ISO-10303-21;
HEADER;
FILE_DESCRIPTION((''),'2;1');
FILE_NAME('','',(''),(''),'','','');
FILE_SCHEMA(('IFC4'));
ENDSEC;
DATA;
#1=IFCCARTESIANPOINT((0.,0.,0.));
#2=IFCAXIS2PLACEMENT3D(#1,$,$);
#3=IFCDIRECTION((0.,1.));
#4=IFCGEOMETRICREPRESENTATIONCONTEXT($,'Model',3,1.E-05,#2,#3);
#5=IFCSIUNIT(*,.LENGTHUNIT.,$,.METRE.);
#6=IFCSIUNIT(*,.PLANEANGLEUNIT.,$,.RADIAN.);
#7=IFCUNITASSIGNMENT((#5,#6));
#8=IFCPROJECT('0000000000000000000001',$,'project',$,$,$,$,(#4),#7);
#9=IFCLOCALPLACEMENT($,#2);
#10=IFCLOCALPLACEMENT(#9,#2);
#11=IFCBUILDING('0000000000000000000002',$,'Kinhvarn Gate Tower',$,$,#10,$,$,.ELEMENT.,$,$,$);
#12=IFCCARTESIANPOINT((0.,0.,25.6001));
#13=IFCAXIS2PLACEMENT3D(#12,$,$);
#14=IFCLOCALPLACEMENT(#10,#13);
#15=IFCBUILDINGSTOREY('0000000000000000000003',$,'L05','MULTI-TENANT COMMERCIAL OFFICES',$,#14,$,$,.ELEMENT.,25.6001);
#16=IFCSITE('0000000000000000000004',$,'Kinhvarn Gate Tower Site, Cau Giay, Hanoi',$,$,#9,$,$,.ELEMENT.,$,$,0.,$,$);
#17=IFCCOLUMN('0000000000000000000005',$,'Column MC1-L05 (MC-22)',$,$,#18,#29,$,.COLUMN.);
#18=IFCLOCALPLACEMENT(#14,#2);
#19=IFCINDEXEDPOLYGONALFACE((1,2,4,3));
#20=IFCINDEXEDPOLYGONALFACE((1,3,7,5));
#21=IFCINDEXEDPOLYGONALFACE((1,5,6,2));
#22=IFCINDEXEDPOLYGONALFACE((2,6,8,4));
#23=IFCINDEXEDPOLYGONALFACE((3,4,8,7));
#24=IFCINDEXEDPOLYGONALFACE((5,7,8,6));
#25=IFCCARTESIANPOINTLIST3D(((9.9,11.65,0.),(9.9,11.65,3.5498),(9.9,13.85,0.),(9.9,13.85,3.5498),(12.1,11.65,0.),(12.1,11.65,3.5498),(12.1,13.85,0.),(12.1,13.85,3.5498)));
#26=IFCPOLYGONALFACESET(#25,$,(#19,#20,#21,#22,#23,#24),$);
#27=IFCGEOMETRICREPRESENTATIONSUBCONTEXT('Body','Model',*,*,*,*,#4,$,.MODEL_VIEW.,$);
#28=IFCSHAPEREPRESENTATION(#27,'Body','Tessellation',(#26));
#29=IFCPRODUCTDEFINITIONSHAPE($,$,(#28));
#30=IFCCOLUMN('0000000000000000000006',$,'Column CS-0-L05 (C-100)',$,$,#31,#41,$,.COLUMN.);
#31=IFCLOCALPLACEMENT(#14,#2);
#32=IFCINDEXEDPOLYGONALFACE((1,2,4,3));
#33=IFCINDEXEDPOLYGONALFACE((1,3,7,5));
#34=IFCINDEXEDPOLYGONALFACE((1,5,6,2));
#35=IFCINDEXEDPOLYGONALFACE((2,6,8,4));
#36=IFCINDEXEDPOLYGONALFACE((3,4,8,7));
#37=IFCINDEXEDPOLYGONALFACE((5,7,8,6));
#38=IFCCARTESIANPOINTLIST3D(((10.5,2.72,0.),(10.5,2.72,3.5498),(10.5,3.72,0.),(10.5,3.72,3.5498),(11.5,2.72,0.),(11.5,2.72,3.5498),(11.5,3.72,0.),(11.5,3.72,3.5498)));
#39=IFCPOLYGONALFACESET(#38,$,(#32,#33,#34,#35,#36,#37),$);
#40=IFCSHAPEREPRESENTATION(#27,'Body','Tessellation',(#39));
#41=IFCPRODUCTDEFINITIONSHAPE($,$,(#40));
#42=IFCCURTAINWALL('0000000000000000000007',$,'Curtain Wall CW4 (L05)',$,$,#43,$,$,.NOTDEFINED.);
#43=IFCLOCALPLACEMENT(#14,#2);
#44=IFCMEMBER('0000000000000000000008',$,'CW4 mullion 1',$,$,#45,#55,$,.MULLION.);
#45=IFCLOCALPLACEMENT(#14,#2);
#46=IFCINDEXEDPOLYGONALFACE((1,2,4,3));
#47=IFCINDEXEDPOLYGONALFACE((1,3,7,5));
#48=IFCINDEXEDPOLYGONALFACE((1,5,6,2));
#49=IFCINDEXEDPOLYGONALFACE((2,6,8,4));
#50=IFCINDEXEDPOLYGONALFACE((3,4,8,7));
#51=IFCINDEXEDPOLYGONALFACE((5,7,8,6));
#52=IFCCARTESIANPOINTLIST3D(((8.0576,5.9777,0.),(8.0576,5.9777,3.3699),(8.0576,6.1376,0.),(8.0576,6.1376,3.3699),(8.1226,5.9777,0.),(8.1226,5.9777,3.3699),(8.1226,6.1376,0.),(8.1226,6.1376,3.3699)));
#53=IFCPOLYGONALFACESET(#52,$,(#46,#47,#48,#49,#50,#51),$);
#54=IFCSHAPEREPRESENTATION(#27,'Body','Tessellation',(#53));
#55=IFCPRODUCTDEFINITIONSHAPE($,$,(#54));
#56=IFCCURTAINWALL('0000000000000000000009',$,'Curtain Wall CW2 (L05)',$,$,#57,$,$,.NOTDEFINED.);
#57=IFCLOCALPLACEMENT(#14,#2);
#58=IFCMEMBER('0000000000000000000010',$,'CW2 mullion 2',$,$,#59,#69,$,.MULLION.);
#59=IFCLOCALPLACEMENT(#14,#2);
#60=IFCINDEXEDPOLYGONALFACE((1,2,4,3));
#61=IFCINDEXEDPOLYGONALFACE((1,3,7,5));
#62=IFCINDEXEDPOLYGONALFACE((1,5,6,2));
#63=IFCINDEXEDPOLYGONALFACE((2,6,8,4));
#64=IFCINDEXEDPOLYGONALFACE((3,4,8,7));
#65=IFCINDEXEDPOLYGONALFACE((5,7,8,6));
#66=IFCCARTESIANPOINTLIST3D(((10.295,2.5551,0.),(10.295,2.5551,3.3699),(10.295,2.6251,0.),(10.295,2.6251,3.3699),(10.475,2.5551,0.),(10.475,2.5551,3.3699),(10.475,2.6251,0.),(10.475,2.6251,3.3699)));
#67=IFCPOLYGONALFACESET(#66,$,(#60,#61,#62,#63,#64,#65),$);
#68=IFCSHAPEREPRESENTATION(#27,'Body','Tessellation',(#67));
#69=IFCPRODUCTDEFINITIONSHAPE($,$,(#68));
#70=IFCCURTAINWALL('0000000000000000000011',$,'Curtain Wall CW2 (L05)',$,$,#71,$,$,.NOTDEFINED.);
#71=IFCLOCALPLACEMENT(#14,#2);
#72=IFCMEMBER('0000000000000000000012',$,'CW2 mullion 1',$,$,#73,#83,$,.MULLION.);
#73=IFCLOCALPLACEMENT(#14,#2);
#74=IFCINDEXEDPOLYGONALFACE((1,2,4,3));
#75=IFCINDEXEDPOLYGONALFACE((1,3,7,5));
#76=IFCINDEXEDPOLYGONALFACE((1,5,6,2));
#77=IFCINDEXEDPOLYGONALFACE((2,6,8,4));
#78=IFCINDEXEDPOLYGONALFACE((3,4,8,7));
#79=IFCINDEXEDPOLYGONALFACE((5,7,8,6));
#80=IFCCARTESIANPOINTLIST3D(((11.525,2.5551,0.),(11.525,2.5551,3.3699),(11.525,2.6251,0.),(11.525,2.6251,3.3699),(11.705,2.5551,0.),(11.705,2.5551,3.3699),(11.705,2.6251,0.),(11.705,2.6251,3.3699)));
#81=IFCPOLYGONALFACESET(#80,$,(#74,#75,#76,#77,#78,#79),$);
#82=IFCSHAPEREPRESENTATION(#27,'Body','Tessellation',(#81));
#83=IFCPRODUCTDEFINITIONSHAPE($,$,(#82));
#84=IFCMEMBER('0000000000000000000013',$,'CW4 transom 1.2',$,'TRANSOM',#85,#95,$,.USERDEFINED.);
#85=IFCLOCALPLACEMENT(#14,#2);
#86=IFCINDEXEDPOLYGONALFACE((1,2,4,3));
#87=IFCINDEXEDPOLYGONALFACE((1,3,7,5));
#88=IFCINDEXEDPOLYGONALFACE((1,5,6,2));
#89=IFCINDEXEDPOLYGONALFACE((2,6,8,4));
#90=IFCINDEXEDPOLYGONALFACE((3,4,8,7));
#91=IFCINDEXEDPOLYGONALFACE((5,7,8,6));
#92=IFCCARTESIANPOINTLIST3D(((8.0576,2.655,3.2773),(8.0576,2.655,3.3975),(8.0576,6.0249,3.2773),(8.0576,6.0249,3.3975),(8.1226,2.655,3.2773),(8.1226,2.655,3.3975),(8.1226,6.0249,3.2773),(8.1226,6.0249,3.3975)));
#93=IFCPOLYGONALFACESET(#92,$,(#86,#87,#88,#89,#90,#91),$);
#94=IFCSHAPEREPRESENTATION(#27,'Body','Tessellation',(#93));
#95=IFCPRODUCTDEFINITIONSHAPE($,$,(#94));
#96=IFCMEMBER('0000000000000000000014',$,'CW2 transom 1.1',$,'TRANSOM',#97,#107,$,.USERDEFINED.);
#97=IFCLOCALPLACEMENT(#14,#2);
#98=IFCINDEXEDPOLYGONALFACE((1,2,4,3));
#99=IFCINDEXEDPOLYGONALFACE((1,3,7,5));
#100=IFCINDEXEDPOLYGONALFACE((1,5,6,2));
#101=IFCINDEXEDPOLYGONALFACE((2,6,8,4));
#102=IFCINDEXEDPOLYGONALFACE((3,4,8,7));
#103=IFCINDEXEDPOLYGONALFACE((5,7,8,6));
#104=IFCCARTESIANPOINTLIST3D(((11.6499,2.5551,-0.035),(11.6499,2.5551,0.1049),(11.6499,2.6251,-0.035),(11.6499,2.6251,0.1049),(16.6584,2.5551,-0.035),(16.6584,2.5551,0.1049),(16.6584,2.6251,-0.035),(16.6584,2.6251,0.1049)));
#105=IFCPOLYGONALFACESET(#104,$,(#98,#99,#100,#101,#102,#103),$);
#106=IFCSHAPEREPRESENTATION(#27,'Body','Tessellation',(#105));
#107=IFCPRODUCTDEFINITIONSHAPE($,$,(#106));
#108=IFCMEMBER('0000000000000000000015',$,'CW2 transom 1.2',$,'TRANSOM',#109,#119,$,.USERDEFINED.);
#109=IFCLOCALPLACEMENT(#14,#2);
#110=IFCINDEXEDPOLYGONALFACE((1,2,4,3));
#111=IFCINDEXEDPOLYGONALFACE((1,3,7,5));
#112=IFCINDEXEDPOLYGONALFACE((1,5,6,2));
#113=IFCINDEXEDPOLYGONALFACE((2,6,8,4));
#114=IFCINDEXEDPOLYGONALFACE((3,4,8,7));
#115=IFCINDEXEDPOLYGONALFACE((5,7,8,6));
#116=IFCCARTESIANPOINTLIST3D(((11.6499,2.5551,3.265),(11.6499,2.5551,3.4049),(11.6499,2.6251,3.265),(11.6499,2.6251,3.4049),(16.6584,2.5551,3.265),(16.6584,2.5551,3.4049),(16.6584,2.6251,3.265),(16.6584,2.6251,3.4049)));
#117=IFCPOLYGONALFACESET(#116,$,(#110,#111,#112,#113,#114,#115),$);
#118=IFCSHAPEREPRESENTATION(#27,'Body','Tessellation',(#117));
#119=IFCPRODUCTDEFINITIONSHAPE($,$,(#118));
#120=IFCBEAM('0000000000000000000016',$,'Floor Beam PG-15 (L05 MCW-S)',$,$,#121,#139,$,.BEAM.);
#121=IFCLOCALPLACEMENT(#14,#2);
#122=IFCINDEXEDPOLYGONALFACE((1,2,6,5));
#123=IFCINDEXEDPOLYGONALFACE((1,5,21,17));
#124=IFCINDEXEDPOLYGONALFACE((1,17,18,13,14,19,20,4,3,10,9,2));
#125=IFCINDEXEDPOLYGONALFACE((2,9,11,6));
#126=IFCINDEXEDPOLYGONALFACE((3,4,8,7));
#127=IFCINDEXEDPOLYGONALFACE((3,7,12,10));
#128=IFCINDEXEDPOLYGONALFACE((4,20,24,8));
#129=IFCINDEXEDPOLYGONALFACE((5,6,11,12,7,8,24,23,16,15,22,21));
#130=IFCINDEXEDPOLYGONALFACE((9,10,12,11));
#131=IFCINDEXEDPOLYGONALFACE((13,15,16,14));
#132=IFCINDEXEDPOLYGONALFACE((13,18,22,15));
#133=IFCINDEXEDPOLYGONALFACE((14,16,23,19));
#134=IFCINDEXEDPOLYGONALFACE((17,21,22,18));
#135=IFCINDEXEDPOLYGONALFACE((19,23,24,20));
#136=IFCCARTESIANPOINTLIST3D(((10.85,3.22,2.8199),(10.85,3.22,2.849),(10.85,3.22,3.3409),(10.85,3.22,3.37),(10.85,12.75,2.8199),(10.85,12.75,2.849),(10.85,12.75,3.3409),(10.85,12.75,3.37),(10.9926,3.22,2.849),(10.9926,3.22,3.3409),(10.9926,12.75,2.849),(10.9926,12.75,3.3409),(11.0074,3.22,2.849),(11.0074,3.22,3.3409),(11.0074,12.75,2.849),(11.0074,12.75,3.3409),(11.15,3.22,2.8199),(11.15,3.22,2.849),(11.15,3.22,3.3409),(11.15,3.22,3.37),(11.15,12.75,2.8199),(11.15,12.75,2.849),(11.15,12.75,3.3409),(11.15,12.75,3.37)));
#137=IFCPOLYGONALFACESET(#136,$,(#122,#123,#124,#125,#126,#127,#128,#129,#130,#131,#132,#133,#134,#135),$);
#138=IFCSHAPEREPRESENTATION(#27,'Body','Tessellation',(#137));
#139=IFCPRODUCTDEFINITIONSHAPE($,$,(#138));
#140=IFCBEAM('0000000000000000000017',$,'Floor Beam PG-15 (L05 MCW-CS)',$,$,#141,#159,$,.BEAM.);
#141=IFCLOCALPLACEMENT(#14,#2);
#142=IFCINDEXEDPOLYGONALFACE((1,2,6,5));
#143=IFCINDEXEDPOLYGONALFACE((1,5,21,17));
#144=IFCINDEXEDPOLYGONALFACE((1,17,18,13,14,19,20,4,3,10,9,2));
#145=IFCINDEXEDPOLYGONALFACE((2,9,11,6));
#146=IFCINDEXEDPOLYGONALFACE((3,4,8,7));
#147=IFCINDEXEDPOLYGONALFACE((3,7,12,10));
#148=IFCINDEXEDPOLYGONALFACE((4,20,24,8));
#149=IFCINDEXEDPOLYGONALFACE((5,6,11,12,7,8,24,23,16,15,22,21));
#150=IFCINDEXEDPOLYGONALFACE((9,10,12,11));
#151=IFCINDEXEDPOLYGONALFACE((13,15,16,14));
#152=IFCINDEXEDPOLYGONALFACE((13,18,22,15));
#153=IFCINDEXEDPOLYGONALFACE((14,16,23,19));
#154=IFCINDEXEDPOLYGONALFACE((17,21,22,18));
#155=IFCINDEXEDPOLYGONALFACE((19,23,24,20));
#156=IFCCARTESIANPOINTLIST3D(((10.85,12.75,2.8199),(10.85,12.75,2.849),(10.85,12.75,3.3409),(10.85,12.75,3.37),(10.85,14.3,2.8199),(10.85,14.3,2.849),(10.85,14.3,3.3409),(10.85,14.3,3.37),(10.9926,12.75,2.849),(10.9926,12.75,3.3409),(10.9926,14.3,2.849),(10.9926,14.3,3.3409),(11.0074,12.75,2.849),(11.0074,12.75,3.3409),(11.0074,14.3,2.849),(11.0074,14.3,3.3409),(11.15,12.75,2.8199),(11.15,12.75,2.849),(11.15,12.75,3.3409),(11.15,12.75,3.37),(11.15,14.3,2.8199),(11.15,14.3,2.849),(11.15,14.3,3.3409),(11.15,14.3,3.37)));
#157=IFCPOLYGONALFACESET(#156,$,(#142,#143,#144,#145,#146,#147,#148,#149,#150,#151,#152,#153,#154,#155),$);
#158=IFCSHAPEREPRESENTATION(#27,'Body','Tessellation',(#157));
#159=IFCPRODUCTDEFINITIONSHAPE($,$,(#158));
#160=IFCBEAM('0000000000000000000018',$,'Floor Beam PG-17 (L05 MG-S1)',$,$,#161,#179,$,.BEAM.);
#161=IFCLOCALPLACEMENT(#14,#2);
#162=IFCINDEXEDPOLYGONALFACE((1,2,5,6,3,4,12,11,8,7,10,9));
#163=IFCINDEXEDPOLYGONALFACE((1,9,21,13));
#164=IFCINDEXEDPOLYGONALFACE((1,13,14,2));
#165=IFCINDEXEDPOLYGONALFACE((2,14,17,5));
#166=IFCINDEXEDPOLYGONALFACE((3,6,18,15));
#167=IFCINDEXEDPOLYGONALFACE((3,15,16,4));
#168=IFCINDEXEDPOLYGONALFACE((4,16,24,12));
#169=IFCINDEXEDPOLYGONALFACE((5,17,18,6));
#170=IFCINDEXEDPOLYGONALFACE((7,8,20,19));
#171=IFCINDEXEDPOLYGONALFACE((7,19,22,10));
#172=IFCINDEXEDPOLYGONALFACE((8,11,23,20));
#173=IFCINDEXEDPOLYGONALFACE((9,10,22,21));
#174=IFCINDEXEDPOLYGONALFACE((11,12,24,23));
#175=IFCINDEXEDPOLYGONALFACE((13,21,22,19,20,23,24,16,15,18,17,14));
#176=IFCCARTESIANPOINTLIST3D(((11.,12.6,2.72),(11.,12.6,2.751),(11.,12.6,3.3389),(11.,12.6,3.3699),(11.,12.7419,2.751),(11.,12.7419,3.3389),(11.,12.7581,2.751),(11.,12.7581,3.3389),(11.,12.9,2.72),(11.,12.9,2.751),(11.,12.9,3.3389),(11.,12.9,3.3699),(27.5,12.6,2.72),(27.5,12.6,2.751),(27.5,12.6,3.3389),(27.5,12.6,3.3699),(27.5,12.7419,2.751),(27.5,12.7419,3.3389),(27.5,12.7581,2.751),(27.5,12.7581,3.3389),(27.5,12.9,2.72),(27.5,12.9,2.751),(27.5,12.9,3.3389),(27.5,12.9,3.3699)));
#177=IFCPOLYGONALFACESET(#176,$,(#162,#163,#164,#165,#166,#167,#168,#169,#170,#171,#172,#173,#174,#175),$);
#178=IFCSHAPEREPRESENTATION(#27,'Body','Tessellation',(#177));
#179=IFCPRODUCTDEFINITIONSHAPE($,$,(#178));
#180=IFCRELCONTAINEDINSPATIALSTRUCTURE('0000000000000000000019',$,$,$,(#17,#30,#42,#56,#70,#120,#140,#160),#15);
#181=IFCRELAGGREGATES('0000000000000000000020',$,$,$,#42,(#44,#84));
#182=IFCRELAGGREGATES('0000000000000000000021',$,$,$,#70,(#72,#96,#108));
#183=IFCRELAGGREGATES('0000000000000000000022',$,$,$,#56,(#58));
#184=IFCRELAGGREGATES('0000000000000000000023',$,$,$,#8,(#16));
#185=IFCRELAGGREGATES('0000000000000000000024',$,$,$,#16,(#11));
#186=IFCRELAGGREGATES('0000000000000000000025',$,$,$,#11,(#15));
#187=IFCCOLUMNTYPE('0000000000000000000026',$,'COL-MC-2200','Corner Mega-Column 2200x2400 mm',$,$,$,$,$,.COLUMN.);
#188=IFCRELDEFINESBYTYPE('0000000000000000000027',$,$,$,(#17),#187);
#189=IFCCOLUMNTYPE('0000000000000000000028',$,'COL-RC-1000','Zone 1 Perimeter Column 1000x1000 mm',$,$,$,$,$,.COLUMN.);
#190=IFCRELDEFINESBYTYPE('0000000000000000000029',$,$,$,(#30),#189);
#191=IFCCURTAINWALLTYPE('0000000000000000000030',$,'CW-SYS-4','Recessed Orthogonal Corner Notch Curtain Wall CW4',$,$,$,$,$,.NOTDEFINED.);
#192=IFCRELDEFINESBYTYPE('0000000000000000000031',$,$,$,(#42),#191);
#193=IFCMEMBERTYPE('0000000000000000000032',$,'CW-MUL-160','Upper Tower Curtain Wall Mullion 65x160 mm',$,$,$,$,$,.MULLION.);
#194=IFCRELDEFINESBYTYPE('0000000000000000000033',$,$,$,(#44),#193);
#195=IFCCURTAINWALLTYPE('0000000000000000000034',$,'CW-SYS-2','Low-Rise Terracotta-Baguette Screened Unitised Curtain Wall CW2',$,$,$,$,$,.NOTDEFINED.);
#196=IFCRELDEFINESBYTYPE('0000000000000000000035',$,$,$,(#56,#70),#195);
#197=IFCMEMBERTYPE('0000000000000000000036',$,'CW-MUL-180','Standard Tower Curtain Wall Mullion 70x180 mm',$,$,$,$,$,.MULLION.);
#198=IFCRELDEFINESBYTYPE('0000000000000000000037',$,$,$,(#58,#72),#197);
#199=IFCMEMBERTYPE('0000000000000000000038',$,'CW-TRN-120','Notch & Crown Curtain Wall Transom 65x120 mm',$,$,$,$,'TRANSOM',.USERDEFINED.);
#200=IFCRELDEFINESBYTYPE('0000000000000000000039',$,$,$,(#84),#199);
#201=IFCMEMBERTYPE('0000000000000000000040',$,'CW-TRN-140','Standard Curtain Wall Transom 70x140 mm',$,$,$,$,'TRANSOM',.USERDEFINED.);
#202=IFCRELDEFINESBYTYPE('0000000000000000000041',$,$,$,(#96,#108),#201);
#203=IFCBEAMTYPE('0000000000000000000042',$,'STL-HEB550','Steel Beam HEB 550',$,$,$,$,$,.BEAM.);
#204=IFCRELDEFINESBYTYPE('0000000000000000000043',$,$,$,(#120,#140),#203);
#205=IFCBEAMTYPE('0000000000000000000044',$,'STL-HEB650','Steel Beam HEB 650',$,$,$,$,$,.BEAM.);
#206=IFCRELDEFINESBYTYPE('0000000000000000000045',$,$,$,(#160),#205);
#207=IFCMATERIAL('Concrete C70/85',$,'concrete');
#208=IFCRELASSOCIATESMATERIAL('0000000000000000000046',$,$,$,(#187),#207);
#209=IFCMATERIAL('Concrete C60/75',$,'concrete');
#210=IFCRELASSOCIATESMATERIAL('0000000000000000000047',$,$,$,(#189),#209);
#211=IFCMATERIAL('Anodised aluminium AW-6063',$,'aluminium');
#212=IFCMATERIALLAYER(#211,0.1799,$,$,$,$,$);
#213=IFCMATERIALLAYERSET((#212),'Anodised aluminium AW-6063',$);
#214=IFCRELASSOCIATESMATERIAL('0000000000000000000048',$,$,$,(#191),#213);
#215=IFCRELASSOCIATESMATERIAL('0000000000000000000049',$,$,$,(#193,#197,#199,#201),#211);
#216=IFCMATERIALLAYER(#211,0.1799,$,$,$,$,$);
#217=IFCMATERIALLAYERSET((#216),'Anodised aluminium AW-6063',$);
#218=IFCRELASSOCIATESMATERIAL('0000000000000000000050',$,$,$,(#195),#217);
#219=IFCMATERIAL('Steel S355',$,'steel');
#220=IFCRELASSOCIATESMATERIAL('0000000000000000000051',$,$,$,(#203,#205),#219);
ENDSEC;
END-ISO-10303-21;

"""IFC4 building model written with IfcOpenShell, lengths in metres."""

from ifc_helpers import new_model, si_unit, direction, frame, origin, origin_2d, place, context, subcontext, project, spatial, rectangle, i_section, extrude, material, layer, layer_set, material_profile, profile_set, type_object, element, aggregate, save


model = new_model("IFC4")

# Units and contexts
model_context = context("Model", 3, precision=1e-05, world=origin(), true_north=direction((0.0, 1.0)))
body_context = subcontext(model_context, "Body", "Model", "MODEL_VIEW")
ifc_project = project(units=[si_unit("LENGTHUNIT", "METRE"), si_unit("PLANEANGLEUNIT", "RADIAN")], contexts=[model_context])

# Site, building, storey
site_placement = place(None, origin())
site = spatial("IfcSite", under=ifc_project, at=site_placement, Name="Kinhvarn Gate Tower Site, Cau Giay, Hanoi", CompositionType="ELEMENT", RefElevation=0.0)
building_placement = place(site_placement, origin())
building = spatial("IfcBuilding", under=site, at=building_placement, Name="Kinhvarn Gate Tower", CompositionType="ELEMENT")
storey_placement = place(building_placement, frame((0.0, 0.0, 25.6001)))
storey = spatial("IfcBuildingStorey", under=building, at=storey_placement, Name="L05", Description="MULTI-TENANT COMMERCIAL OFFICES", CompositionType="ELEMENT", Elevation=25.6001)

# Columns
ifc_material_1 = material(Name="Concrete C70/85", Category="concrete")
ifc_material_profile_1 = material_profile(ifc_material_1, rectangle(XDim=2.2, YDim=2.2, at=origin_2d()), Name="RC 2200x2200")
ifc_profile_set_1 = profile_set([ifc_material_profile_1], Name="Concrete C70/85")
column_type_1 = type_object("IfcColumnType", Name="COL-MC-2200", Description="Corner Mega-Column 2200x2400 mm", PredefinedType="COLUMN", material=ifc_profile_set_1)
column_1_placement = place(storey_placement, frame((11.0, 12.75, 0.0), z_axis=(0.0, 0.0, 1.0), x_axis=(1.0, 0.0, 0.0)))
element("IfcColumn", 1, at=column_1_placement, inside=storey, type_object=column_type_1, Name="Column MC1-L05 (MC-22)", PredefinedType="COLUMN", context=body_context, shape_type="SweptSolid", body=[
    extrude(rectangle(XDim=2.2, YDim=2.2, at=origin_2d()), origin(), (0.0, 0.0, 1.0), 3.5498),
])
ifc_material_2 = material(Name="Concrete C60/75", Category="concrete")
ifc_material_profile_2 = material_profile(ifc_material_2, rectangle(XDim=1.0, YDim=1.0, at=origin_2d()), Name="RC 1000x1000")
ifc_profile_set_2 = profile_set([ifc_material_profile_2], Name="Concrete C60/75")
column_type_2 = type_object("IfcColumnType", Name="COL-RC-1000", Description="Zone 1 Perimeter Column 1000x1000 mm", PredefinedType="COLUMN", material=ifc_profile_set_2)
column_2_placement = place(storey_placement, frame((11.0, 3.22, 0.0), z_axis=(0.0, 0.0, 1.0), x_axis=(1.0, 0.0, 0.0)))
element("IfcColumn", 2, at=column_2_placement, inside=storey, type_object=column_type_2, Name="Column CS-0-L05 (C-100)", PredefinedType="COLUMN", context=body_context, shape_type="SweptSolid", body=[
    extrude(rectangle(XDim=1.0, YDim=1.0, at=origin_2d()), origin(), (0.0, 0.0, 1.0), 3.5498),
])

# Curtain walls, members
ifc_material_3 = material(Name="Anodised aluminium AW-6063", Category="aluminium")
ifc_layer_1 = layer(ifc_material_3, 0.1799)
ifc_layer_set_1 = layer_set([ifc_layer_1], Name="Anodised aluminium AW-6063")
curtain_wall_type_1 = type_object("IfcCurtainWallType", Name="CW-SYS-4", Description="Recessed Orthogonal Corner Notch Curtain Wall CW4", PredefinedType="NOTDEFINED", material=ifc_layer_set_1)
curtain_wall_1_placement = place(storey_placement, origin())
curtain_wall_1 = element("IfcCurtainWall", 3, at=curtain_wall_1_placement, inside=storey, type_object=curtain_wall_type_1, Name="Curtain Wall CW4 (L05)", PredefinedType="NOTDEFINED")
ifc_material_profile_3 = material_profile(ifc_material_3, rectangle(XDim=0.0649, YDim=0.1599, at=origin_2d()), Name="ALU 65x160")
ifc_profile_set_3 = profile_set([ifc_material_profile_3], Name="Anodised aluminium AW-6063")
member_type_1 = type_object("IfcMemberType", Name="CW-MUL-160", Description="Upper Tower Curtain Wall Mullion 65x160 mm", PredefinedType="MULLION", material=ifc_profile_set_3)
member_1_placement = place(storey_placement, frame((8.0901, 6.0576, 0.0), z_axis=(0.0, 0.0, 1.0), x_axis=(1.0, 0.0, 0.0)))
member_1 = element("IfcMember", 4, at=member_1_placement, type_object=member_type_1, Name="CW4 mullion 1", PredefinedType="MULLION", context=body_context, shape_type="SweptSolid", body=[
    extrude(rectangle(XDim=0.0649, YDim=0.1599, at=origin_2d()), origin(), (0.0, 0.0, 1.0), 3.3699),
])
ifc_layer_2 = layer(ifc_material_3, 0.1799)
ifc_layer_set_2 = layer_set([ifc_layer_2], Name="Anodised aluminium AW-6063")
curtain_wall_type_2 = type_object("IfcCurtainWallType", Name="CW-SYS-2", Description="Low-Rise Terracotta-Baguette Screened Unitised Curtain Wall CW2", PredefinedType="NOTDEFINED", material=ifc_layer_set_2)
curtain_wall_2_placement = place(storey_placement, origin())
curtain_wall_2 = element("IfcCurtainWall", 5, at=curtain_wall_2_placement, inside=storey, type_object=curtain_wall_type_2, Name="Curtain Wall CW2 (L05)", PredefinedType="NOTDEFINED")
ifc_material_profile_4 = material_profile(ifc_material_3, rectangle(XDim=0.0701, YDim=0.1799, at=origin_2d()), Name="ALU 70x180")
ifc_profile_set_4 = profile_set([ifc_material_profile_4], Name="Anodised aluminium AW-6063")
member_type_2 = type_object("IfcMemberType", Name="CW-MUL-180", Description="Standard Tower Curtain Wall Mullion 70x180 mm", PredefinedType="MULLION", material=ifc_profile_set_4)
member_2_placement = place(storey_placement, frame((10.385, 2.5901, 0.0), z_axis=(0.0, 0.0, 1.0), x_axis=(0.0, 1.0, 0.0)))
member_2 = element("IfcMember", 6, at=member_2_placement, type_object=member_type_2, Name="CW2 mullion 2", PredefinedType="MULLION", context=body_context, shape_type="SweptSolid", body=[
    extrude(rectangle(XDim=0.0701, YDim=0.1799, at=origin_2d()), origin(), (0.0, 0.0, 1.0), 3.3699),
])
curtain_wall_3_placement = place(storey_placement, origin())
curtain_wall_3 = element("IfcCurtainWall", 7, at=curtain_wall_3_placement, inside=storey, type_object=curtain_wall_type_2, Name="Curtain Wall CW2 (L05)", PredefinedType="NOTDEFINED")
member_3_placement = place(storey_placement, frame((11.615, 2.5901, 0.0), z_axis=(0.0, 0.0, 1.0), x_axis=(0.0, 1.0, 0.0)))
member_3 = element("IfcMember", 8, at=member_3_placement, type_object=member_type_2, Name="CW2 mullion 1", PredefinedType="MULLION", context=body_context, shape_type="SweptSolid", body=[
    extrude(rectangle(XDim=0.0701, YDim=0.1799, at=origin_2d()), origin(), (0.0, 0.0, 1.0), 3.3699),
])

# Members
ifc_material_profile_5 = material_profile(ifc_material_3, rectangle(XDim=0.0649, YDim=0.1201, at=origin_2d()), Name="ALU 65x120")
ifc_profile_set_5 = profile_set([ifc_material_profile_5], Name="Anodised aluminium AW-6063")
member_type_3 = type_object("IfcMemberType", Name="CW-TRN-120", Description="Notch & Crown Curtain Wall Transom 65x120 mm", ElementType="TRANSOM", PredefinedType="USERDEFINED", material=ifc_profile_set_5)
member_4_placement = place(storey_placement, frame((8.0901, 6.0249, 3.3374), z_axis=(0.0, -1.0, 0.0), x_axis=(1.0, 0.0, 0.0)))
member_4 = element("IfcMember", 9, at=member_4_placement, type_object=member_type_3, Name="CW4 transom 1.2", ObjectType="TRANSOM", PredefinedType="USERDEFINED", context=body_context, shape_type="SweptSolid", body=[
    extrude(rectangle(XDim=0.0649, YDim=0.1201, at=origin_2d()), origin(), (0.0, 0.0, 1.0), 3.3699),
])
aggregate(curtain_wall_1, [member_1, member_4])
ifc_material_profile_6 = material_profile(ifc_material_3, rectangle(XDim=0.0701, YDim=0.1399, at=origin_2d()), Name="ALU 70x140")
ifc_profile_set_6 = profile_set([ifc_material_profile_6], Name="Anodised aluminium AW-6063")
member_type_4 = type_object("IfcMemberType", Name="CW-TRN-140", Description="Standard Curtain Wall Transom 70x140 mm", ElementType="TRANSOM", PredefinedType="USERDEFINED", material=ifc_profile_set_6)
member_5_placement = place(storey_placement, frame((11.6499, 2.5901, 0.0349), z_axis=(1.0, 0.0, 0.0), x_axis=(0.0, 1.0, 0.0)))
member_5 = element("IfcMember", 10, at=member_5_placement, type_object=member_type_4, Name="CW2 transom 1.1", ObjectType="TRANSOM", PredefinedType="USERDEFINED", context=body_context, shape_type="SweptSolid", body=[
    extrude(rectangle(XDim=0.0701, YDim=0.1399, at=origin_2d()), origin(), (0.0, 0.0, 1.0), 5.0085),
])
member_6_placement = place(storey_placement, frame((11.6499, 2.5901, 3.335), z_axis=(1.0, 0.0, 0.0), x_axis=(0.0, 1.0, 0.0)))
member_6 = element("IfcMember", 11, at=member_6_placement, type_object=member_type_4, Name="CW2 transom 1.2", ObjectType="TRANSOM", PredefinedType="USERDEFINED", context=body_context, shape_type="SweptSolid", body=[
    extrude(rectangle(XDim=0.0701, YDim=0.1399, at=origin_2d()), origin(), (0.0, 0.0, 1.0), 5.0085),
])
aggregate(curtain_wall_3, [member_3, member_5, member_6])

# Beams
ifc_material_4 = material(Name="Steel S355", Category="steel")
ifc_material_profile_7 = material_profile(ifc_material_4, i_section(OverallWidth=0.3, OverallDepth=0.55, WebThickness=0.0149, FlangeThickness=0.0291, at=origin_2d()), Name="HEB 550")
ifc_profile_set_7 = profile_set([ifc_material_profile_7], Name="Steel S355")
beam_type_1 = type_object("IfcBeamType", Name="STL-HEB550", Description="Steel Beam HEB 550", PredefinedType="BEAM", material=ifc_profile_set_7)
beam_1_placement = place(storey_placement, frame((11.0, 3.22, 3.095), z_axis=(0.0, 1.0, 0.0), x_axis=(-1.0, 0.0, 0.0)))
element("IfcBeam", 12, at=beam_1_placement, inside=storey, type_object=beam_type_1, Name="Floor Beam PG-15 (L05 MCW-S)", PredefinedType="BEAM", context=body_context, shape_type="SweptSolid", body=[
    extrude(i_section(OverallWidth=0.3, OverallDepth=0.55, WebThickness=0.0149, FlangeThickness=0.0291, at=origin_2d()), origin(), (0.0, 0.0, 1.0), 9.53),
])
beam_2_placement = place(storey_placement, frame((11.0, 12.75, 3.095), z_axis=(0.0, 1.0, 0.0), x_axis=(-1.0, 0.0, 0.0)))
element("IfcBeam", 13, at=beam_2_placement, inside=storey, type_object=beam_type_1, Name="Floor Beam PG-15 (L05 MCW-CS)", PredefinedType="BEAM", context=body_context, shape_type="SweptSolid", body=[
    extrude(i_section(OverallWidth=0.3, OverallDepth=0.55, WebThickness=0.0149, FlangeThickness=0.0291, at=origin_2d()), origin(), (0.0, 0.0, 1.0), 1.55),
])
ifc_material_profile_8 = material_profile(ifc_material_4, i_section(OverallWidth=0.3, OverallDepth=0.6499, WebThickness=0.0161, FlangeThickness=0.031, at=origin_2d()), Name="HEB 650")
ifc_profile_set_8 = profile_set([ifc_material_profile_8], Name="Steel S355")
beam_type_2 = type_object("IfcBeamType", Name="STL-HEB650", Description="Steel Beam HEB 650", PredefinedType="BEAM", material=ifc_profile_set_8)
beam_3_placement = place(storey_placement, frame((11.0, 12.75, 3.0449), z_axis=(1.0, 0.0, 0.0), x_axis=(0.0, 1.0, 0.0)))
element("IfcBeam", 14, at=beam_3_placement, inside=storey, type_object=beam_type_2, Name="Floor Beam PG-17 (L05 MG-S1)", PredefinedType="BEAM", context=body_context, shape_type="SweptSolid", body=[
    extrude(i_section(OverallWidth=0.3, OverallDepth=0.6499, WebThickness=0.0161, FlangeThickness=0.031, at=origin_2d()), origin(), (0.0, 0.0, 1.0), 16.5),
])

aggregate(curtain_wall_2, [member_2])

save(model, "model.ifc")
